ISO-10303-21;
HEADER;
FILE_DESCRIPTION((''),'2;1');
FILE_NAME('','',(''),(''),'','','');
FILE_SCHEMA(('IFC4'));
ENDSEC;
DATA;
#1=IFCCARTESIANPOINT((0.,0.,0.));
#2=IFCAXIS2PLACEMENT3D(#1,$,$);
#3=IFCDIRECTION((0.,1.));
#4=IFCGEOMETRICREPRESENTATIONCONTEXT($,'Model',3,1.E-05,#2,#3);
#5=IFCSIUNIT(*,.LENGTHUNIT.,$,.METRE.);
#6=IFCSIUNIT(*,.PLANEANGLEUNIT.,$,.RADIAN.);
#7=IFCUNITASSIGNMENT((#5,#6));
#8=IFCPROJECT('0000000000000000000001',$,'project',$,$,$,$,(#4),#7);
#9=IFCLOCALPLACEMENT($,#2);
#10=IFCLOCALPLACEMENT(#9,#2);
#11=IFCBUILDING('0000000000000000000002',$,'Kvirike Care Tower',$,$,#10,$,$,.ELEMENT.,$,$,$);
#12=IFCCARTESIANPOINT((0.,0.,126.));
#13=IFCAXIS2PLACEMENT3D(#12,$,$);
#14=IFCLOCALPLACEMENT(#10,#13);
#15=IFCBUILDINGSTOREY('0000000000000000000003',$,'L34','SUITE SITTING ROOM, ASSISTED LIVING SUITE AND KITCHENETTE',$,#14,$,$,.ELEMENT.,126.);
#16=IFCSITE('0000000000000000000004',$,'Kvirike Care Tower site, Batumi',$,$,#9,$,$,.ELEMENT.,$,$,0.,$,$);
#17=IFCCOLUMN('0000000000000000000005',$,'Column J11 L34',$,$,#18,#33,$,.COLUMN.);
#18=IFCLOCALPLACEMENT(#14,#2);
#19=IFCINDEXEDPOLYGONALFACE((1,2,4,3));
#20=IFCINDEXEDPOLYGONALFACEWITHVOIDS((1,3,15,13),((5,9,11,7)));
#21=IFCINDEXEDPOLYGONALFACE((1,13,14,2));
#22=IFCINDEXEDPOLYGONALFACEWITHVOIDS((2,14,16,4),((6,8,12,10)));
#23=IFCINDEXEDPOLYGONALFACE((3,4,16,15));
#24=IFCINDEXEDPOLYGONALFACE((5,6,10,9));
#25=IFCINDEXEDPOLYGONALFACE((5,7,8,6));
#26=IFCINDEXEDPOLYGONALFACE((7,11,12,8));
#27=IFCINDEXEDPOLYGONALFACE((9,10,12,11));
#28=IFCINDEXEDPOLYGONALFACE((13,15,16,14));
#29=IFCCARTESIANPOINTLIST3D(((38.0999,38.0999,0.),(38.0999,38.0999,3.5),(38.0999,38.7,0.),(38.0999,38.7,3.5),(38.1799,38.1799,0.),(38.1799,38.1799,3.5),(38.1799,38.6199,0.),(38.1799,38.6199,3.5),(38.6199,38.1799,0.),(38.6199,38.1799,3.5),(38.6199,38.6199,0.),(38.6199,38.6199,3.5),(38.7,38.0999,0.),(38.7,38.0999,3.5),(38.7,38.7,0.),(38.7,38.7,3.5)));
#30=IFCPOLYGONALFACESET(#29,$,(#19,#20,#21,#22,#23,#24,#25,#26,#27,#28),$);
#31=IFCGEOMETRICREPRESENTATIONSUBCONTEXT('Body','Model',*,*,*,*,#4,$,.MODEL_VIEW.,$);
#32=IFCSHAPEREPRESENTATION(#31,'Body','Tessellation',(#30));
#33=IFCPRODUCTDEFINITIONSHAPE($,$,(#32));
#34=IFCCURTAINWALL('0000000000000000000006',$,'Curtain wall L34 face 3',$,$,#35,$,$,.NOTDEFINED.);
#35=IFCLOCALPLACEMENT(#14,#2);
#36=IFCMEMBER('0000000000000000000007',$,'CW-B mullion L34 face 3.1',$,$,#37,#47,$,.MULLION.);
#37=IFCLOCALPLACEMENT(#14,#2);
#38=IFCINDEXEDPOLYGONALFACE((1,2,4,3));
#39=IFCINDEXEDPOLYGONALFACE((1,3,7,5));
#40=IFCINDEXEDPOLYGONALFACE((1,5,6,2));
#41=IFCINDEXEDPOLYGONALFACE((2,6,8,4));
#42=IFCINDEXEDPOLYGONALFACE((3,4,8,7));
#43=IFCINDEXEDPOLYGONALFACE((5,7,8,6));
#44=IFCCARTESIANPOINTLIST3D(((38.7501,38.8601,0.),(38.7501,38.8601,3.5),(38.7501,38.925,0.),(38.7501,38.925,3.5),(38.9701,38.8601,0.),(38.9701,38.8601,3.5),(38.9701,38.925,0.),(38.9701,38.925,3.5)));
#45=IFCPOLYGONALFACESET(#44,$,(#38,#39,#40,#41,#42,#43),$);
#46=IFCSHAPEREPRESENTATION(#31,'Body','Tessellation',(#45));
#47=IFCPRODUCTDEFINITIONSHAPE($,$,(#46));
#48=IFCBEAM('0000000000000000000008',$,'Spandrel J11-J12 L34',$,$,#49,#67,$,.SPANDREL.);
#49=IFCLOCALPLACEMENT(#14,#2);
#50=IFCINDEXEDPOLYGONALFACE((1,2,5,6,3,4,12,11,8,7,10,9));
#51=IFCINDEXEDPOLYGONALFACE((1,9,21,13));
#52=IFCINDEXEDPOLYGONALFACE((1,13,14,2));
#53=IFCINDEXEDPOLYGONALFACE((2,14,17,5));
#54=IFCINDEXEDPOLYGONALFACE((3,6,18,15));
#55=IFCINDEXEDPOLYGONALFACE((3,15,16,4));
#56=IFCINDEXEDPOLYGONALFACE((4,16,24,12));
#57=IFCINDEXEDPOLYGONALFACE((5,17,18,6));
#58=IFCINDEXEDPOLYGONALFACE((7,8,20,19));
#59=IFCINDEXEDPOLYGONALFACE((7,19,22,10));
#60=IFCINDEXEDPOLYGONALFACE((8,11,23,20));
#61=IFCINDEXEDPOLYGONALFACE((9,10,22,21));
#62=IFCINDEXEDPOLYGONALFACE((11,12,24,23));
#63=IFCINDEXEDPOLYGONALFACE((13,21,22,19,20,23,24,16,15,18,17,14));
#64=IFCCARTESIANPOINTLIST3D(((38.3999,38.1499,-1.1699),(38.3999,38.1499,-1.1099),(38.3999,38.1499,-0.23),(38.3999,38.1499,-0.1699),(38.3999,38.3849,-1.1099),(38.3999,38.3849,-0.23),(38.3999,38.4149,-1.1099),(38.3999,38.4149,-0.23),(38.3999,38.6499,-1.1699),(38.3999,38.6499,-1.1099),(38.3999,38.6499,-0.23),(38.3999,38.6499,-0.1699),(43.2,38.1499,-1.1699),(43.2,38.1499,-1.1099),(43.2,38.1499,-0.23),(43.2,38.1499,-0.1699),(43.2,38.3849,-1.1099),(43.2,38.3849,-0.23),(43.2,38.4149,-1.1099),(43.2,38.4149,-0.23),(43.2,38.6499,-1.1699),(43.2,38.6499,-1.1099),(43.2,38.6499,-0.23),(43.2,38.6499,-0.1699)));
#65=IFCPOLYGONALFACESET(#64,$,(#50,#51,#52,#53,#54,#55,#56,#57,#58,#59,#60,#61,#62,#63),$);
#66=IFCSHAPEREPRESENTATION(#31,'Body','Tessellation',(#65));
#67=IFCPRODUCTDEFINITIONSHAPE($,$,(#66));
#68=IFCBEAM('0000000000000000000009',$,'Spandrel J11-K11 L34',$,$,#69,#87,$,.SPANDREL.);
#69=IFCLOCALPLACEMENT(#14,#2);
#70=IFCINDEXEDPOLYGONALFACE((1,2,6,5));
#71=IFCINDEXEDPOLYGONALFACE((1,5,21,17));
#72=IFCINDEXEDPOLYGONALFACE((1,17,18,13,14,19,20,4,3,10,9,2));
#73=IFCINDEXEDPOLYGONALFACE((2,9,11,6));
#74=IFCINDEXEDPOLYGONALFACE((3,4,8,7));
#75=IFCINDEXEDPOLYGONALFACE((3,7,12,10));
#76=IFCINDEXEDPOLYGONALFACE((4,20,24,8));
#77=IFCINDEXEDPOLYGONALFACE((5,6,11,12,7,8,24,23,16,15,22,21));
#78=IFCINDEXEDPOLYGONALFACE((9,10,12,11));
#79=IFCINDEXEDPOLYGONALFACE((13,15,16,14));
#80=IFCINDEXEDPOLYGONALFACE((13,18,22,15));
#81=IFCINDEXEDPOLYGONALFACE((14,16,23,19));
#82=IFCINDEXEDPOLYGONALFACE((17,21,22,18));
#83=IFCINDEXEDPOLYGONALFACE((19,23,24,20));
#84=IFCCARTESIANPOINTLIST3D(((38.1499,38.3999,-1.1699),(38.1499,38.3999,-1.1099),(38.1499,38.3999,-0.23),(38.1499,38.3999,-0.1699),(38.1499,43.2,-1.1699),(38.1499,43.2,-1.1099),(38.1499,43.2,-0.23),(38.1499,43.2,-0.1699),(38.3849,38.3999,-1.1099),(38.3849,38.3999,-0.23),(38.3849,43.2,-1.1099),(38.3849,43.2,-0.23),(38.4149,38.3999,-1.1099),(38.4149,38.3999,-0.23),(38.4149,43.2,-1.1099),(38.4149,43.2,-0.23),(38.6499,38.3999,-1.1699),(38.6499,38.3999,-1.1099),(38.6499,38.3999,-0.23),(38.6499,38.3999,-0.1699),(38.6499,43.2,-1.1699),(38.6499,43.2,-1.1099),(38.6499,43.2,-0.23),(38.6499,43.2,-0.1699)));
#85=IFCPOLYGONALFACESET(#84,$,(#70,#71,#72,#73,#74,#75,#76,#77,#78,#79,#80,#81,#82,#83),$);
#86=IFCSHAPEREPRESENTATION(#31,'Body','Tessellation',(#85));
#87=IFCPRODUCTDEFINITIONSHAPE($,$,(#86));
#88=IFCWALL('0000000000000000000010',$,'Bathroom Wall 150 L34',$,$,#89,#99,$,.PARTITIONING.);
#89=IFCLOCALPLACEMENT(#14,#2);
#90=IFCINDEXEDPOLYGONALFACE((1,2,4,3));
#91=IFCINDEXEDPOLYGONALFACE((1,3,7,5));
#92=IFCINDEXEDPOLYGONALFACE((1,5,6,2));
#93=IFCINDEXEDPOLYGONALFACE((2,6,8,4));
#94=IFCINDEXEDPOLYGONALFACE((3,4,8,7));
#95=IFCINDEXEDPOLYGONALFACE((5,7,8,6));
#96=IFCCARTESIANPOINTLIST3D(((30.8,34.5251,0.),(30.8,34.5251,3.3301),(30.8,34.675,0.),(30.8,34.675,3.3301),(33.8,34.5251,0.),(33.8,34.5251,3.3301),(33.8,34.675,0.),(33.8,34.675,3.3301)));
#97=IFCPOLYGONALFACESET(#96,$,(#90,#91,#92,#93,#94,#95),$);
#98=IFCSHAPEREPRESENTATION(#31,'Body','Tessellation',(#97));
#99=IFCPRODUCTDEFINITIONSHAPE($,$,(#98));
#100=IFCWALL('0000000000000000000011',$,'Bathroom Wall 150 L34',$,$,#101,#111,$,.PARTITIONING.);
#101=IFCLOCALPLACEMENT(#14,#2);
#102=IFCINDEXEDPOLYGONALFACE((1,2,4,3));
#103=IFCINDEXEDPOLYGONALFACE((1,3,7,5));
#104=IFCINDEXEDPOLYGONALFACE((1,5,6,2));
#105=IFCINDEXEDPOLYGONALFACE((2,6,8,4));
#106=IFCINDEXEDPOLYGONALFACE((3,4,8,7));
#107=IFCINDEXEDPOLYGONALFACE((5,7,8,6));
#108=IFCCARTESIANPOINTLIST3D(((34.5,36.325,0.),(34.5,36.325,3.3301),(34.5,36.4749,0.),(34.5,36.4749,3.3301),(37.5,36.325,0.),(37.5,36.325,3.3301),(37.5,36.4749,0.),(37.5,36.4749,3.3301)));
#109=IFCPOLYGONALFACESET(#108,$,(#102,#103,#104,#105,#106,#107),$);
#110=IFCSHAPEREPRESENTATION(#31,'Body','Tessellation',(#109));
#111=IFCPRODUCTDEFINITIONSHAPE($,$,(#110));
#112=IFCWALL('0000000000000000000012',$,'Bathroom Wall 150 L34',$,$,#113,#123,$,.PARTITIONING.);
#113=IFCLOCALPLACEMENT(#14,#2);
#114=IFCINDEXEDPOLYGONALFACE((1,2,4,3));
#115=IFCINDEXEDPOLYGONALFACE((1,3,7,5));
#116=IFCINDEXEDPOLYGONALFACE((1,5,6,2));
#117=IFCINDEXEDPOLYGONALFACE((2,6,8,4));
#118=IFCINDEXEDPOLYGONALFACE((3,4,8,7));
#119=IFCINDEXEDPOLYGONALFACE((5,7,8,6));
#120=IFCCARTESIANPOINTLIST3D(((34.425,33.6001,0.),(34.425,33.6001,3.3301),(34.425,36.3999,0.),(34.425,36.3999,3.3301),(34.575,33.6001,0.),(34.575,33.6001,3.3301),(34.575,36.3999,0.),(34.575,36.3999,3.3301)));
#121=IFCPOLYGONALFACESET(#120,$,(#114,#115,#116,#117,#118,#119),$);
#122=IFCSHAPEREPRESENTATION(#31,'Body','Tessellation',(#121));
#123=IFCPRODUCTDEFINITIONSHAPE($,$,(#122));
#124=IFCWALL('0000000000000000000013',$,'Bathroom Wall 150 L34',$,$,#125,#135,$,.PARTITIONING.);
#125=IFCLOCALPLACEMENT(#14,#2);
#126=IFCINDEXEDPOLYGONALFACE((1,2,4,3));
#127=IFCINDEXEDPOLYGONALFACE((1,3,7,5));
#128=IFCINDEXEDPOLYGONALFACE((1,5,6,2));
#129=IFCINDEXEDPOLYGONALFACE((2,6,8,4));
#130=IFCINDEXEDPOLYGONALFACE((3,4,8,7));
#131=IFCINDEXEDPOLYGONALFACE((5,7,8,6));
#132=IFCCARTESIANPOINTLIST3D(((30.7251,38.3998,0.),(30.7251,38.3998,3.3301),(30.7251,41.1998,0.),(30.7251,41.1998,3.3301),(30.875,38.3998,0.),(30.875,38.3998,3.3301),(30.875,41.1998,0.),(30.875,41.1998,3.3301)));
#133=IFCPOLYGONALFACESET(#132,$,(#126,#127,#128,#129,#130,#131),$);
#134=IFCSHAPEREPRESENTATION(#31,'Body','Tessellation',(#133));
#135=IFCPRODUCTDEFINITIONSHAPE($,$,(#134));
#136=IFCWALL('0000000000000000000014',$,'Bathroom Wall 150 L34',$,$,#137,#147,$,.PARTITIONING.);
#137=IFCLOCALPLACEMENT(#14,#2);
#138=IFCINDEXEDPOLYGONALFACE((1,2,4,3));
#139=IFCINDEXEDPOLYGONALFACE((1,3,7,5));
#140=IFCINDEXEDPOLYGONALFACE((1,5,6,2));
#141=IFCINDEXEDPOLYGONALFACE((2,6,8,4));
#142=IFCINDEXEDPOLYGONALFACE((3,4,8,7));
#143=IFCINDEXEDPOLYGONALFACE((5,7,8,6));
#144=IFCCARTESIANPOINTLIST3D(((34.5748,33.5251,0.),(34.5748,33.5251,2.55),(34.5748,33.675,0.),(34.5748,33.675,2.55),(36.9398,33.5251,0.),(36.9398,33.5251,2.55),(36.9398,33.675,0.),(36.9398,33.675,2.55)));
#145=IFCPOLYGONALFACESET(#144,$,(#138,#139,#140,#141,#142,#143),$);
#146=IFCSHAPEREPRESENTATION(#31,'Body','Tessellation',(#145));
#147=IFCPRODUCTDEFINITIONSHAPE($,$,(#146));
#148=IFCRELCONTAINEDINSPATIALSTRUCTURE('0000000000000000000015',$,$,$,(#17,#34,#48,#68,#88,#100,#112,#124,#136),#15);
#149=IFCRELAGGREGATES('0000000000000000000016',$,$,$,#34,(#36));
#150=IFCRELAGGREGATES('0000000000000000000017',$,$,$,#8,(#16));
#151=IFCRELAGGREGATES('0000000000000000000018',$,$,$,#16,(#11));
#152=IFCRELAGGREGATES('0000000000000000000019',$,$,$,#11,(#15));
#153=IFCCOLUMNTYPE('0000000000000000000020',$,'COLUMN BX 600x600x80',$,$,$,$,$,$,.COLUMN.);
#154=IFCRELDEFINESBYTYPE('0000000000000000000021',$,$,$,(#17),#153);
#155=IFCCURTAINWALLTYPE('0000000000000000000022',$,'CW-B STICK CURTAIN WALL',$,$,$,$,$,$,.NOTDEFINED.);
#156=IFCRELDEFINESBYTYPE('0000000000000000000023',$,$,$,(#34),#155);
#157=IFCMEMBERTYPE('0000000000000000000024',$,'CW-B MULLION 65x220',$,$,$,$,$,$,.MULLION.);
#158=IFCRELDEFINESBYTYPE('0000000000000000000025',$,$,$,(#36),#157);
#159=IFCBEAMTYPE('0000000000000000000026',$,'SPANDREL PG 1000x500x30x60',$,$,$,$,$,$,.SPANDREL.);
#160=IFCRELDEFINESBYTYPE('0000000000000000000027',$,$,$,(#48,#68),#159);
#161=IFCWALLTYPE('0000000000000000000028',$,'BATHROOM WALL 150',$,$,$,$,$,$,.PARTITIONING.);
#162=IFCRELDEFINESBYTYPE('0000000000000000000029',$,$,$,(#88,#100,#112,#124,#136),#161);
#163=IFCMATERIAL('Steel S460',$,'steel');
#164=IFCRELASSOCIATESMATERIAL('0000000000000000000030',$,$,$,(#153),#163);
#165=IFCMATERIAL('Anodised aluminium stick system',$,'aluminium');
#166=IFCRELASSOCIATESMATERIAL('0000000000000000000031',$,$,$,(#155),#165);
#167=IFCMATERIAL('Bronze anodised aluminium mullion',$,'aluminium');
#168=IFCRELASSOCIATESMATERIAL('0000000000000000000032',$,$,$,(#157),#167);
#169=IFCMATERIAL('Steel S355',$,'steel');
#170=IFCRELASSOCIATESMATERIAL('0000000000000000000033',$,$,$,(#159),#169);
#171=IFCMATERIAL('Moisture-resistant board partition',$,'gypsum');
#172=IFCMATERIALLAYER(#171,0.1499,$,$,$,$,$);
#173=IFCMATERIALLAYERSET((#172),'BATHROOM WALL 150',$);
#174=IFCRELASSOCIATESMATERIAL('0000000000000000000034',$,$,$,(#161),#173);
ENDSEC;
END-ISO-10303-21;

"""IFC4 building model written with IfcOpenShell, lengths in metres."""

from ifc_helpers import new_model, si_unit, direction, frame, frame_2d, origin, origin_2d, place, context, subcontext, project, spatial, rectangle, hollow_rectangle, i_section, extrude, material, layer, layer_set, material_profile, profile_set, type_object, element, aggregate, save


model = new_model("IFC4")

# Units and contexts
model_context = context("Model", 3, precision=1e-05, world=origin(), true_north=direction((0.0, 1.0)))
body_context = subcontext(model_context, "Body", "Model", "MODEL_VIEW")
ifc_project = project(units=[si_unit("LENGTHUNIT", "METRE"), si_unit("PLANEANGLEUNIT", "RADIAN")], contexts=[model_context])

# Site, building, storey
site_placement = place(None, origin())
site = spatial("IfcSite", under=ifc_project, at=site_placement, Name="Kvirike Care Tower site, Batumi", CompositionType="ELEMENT", RefElevation=0.0)
building_placement = place(site_placement, origin())
building = spatial("IfcBuilding", under=site, at=building_placement, Name="Kvirike Care Tower", CompositionType="ELEMENT")
storey_placement = place(building_placement, frame((0.0, 0.0, 126.0)))
storey = spatial("IfcBuildingStorey", under=building, at=storey_placement, Name="L34", Description="SUITE SITTING ROOM, ASSISTED LIVING SUITE AND KITCHENETTE", CompositionType="ELEMENT", Elevation=126.0)

# Column
ifc_material_1 = material(Name="Steel S460", Category="steel")
ifc_material_profile_1 = material_profile(ifc_material_1, hollow_rectangle(XDim=0.6001, YDim=0.6001, WallThickness=0.0801, at=origin_2d()), Name="BX 600x600x80")
ifc_profile_set_1 = profile_set([ifc_material_profile_1], Name="Steel S460")
column_type = type_object("IfcColumnType", Name="COLUMN BX 600x600x80", PredefinedType="COLUMN", material=ifc_profile_set_1)
column_placement = place(storey_placement, frame((38.3999, 38.3999, 0.0), z_axis=(0.0, 0.0, 1.0), x_axis=(0.0, 1.0, 0.0)))
element("IfcColumn", 1, at=column_placement, inside=storey, type_object=column_type, Name="Column J11 L34", PredefinedType="COLUMN", context=body_context, shape_type="SweptSolid", body=[
    extrude(hollow_rectangle(XDim=0.6001, YDim=0.6001, WallThickness=0.0801, at=origin_2d()), origin(), (0.0, 0.0, 1.0), 3.5),
])

# Curtain wall, member
ifc_material_2 = material(Name="Anodised aluminium stick system", Category="aluminium")
curtain_wall_type = type_object("IfcCurtainWallType", Name="CW-B STICK CURTAIN WALL", PredefinedType="NOTDEFINED", material=ifc_material_2)
curtain_wall_placement = place(storey_placement, origin())
curtain_wall = element("IfcCurtainWall", 2, at=curtain_wall_placement, inside=storey, type_object=curtain_wall_type, Name="Curtain wall L34 face 3", PredefinedType="NOTDEFINED")
ifc_material_3 = material(Name="Bronze anodised aluminium mullion", Category="aluminium")
ifc_material_profile_2 = material_profile(ifc_material_3, rectangle(XDim=0.0649, YDim=0.22, at=origin_2d()), Name="CW-B MULLION 65x220")
ifc_profile_set_2 = profile_set([ifc_material_profile_2], Name="Bronze anodised aluminium mullion")
member_type = type_object("IfcMemberType", Name="CW-B MULLION 65x220", PredefinedType="MULLION", material=ifc_profile_set_2)
member_placement = place(storey_placement, frame((38.8601, 38.8926, 0.0), z_axis=(0.0, 0.0, 1.0), x_axis=(0.0, 1.0, 0.0)))
member = element("IfcMember", 3, at=member_placement, type_object=member_type, Name="CW-B mullion L34 face 3.1", PredefinedType="MULLION", context=body_context, shape_type="SweptSolid", body=[
    extrude(rectangle(XDim=0.0649, YDim=0.22, at=origin_2d()), origin(), (0.0, 0.0, 1.0), 3.5),
])
aggregate(curtain_wall, [member])

# Beams
ifc_material_4 = material(Name="Steel S355", Category="steel")
ifc_material_profile_3 = material_profile(ifc_material_4, i_section(OverallWidth=0.5, OverallDepth=1.0, WebThickness=0.03, FlangeThickness=0.0601, at=origin_2d()), Name="PG 1000x500x30x60")
ifc_profile_set_3 = profile_set([ifc_material_profile_3], Name="Steel S355")
beam_type = type_object("IfcBeamType", Name="SPANDREL PG 1000x500x30x60", PredefinedType="SPANDREL", material=ifc_profile_set_3)
for number, where, z_axis, x_axis, name in (
    (4, (38.3999, 38.3999, -0.6699), (1.0, 0.0, 0.0), (0.0, 1.0, 0.0), "Spandrel J11-J12 L34"),
    (5, (38.3999, 38.3999, -0.6699), (0.0, 1.0, 0.0), (-1.0, 0.0, 0.0), "Spandrel J11-K11 L34"),
):
    element("IfcBeam", number, at=place(storey_placement, frame(where, z_axis=z_axis, x_axis=x_axis)), inside=storey, type_object=beam_type, Name=name, PredefinedType="SPANDREL", context=body_context, shape_type="SweptSolid", body=[
        extrude(i_section(OverallWidth=0.5, OverallDepth=1.0, WebThickness=0.03, FlangeThickness=0.0601, at=origin_2d()), origin(), (0.0, 0.0, 1.0), 4.8),
    ])

# Walls
ifc_material_5 = material(Name="Moisture-resistant board partition", Category="gypsum")
ifc_layer_1 = layer(ifc_material_5, 0.1499)
ifc_layer_set_1 = layer_set([ifc_layer_1], Name="BATHROOM WALL 150")
wall_type_1 = type_object("IfcWallType", Name="BATHROOM WALL 150", PredefinedType="PARTITIONING", material=ifc_layer_set_1)
for number, where, z_axis, x_axis, name in (
    (6, (33.8, 34.6001, 0.0), (0.0, 0.0, 1.0), (-1.0, 0.0, 0.0), "Bathroom Wall 150 L34"),
    (7, (37.5, 36.3999, 0.0), (0.0, 0.0, 1.0), (-1.0, 0.0, 0.0), "Bathroom Wall 150 L34"),
):
    element("IfcWall", number, at=place(storey_placement, frame(where, z_axis=z_axis, x_axis=x_axis)), inside=storey, type_object=wall_type_1, Name=name, PredefinedType="PARTITIONING", context=body_context, shape_type="SweptSolid", body=[
        extrude(rectangle(XDim=3.0, YDim=0.1499, at=frame_2d((1.5, 0.0))), origin(), (0.0, 0.0, 1.0), 3.3301),
    ])
wall_1_placement = place(storey_placement, frame((34.5, 33.6001, 0.0), z_axis=(0.0, 0.0, 1.0), x_axis=(0.0, 1.0, 0.0)))
element("IfcWall", 8, at=wall_1_placement, inside=storey, type_object=wall_type_1, Name="Bathroom Wall 150 L34", PredefinedType="PARTITIONING", context=body_context, shape_type="SweptSolid", body=[
    extrude(rectangle(XDim=2.7998, YDim=0.1499, at=frame_2d((1.3999, 0.0))), origin(), (0.0, 0.0, 1.0), 3.3301),
])
wall_2_placement = place(storey_placement, frame((30.8, 38.3999, 0.0), z_axis=(0.0, 0.0, 1.0), x_axis=(0.0, 1.0, 0.0)))
element("IfcWall", 9, at=wall_2_placement, inside=storey, type_object=wall_type_1, Name="Bathroom Wall 150 L34", PredefinedType="PARTITIONING", context=body_context, shape_type="SweptSolid", body=[
    extrude(rectangle(XDim=2.8, YDim=0.1499, at=frame_2d((1.3999, 0.0))), origin(), (0.0, 0.0, 1.0), 3.3301),
])
wall_3_placement = place(storey_placement, frame((36.9399, 33.6001, 0.0), z_axis=(0.0, 0.0, 1.0), x_axis=(-1.0, 0.0, 0.0)))
element("IfcWall", 10, at=wall_3_placement, inside=storey, type_object=wall_type_1, Name="Bathroom Wall 150 L34", PredefinedType="PARTITIONING", context=body_context, shape_type="SweptSolid", body=[
    extrude(rectangle(XDim=2.365, YDim=0.1499, at=frame_2d((1.1826, 0.0))), origin(), (0.0, 0.0, 1.0), 2.55),
])

save(model, "model.ifc")
